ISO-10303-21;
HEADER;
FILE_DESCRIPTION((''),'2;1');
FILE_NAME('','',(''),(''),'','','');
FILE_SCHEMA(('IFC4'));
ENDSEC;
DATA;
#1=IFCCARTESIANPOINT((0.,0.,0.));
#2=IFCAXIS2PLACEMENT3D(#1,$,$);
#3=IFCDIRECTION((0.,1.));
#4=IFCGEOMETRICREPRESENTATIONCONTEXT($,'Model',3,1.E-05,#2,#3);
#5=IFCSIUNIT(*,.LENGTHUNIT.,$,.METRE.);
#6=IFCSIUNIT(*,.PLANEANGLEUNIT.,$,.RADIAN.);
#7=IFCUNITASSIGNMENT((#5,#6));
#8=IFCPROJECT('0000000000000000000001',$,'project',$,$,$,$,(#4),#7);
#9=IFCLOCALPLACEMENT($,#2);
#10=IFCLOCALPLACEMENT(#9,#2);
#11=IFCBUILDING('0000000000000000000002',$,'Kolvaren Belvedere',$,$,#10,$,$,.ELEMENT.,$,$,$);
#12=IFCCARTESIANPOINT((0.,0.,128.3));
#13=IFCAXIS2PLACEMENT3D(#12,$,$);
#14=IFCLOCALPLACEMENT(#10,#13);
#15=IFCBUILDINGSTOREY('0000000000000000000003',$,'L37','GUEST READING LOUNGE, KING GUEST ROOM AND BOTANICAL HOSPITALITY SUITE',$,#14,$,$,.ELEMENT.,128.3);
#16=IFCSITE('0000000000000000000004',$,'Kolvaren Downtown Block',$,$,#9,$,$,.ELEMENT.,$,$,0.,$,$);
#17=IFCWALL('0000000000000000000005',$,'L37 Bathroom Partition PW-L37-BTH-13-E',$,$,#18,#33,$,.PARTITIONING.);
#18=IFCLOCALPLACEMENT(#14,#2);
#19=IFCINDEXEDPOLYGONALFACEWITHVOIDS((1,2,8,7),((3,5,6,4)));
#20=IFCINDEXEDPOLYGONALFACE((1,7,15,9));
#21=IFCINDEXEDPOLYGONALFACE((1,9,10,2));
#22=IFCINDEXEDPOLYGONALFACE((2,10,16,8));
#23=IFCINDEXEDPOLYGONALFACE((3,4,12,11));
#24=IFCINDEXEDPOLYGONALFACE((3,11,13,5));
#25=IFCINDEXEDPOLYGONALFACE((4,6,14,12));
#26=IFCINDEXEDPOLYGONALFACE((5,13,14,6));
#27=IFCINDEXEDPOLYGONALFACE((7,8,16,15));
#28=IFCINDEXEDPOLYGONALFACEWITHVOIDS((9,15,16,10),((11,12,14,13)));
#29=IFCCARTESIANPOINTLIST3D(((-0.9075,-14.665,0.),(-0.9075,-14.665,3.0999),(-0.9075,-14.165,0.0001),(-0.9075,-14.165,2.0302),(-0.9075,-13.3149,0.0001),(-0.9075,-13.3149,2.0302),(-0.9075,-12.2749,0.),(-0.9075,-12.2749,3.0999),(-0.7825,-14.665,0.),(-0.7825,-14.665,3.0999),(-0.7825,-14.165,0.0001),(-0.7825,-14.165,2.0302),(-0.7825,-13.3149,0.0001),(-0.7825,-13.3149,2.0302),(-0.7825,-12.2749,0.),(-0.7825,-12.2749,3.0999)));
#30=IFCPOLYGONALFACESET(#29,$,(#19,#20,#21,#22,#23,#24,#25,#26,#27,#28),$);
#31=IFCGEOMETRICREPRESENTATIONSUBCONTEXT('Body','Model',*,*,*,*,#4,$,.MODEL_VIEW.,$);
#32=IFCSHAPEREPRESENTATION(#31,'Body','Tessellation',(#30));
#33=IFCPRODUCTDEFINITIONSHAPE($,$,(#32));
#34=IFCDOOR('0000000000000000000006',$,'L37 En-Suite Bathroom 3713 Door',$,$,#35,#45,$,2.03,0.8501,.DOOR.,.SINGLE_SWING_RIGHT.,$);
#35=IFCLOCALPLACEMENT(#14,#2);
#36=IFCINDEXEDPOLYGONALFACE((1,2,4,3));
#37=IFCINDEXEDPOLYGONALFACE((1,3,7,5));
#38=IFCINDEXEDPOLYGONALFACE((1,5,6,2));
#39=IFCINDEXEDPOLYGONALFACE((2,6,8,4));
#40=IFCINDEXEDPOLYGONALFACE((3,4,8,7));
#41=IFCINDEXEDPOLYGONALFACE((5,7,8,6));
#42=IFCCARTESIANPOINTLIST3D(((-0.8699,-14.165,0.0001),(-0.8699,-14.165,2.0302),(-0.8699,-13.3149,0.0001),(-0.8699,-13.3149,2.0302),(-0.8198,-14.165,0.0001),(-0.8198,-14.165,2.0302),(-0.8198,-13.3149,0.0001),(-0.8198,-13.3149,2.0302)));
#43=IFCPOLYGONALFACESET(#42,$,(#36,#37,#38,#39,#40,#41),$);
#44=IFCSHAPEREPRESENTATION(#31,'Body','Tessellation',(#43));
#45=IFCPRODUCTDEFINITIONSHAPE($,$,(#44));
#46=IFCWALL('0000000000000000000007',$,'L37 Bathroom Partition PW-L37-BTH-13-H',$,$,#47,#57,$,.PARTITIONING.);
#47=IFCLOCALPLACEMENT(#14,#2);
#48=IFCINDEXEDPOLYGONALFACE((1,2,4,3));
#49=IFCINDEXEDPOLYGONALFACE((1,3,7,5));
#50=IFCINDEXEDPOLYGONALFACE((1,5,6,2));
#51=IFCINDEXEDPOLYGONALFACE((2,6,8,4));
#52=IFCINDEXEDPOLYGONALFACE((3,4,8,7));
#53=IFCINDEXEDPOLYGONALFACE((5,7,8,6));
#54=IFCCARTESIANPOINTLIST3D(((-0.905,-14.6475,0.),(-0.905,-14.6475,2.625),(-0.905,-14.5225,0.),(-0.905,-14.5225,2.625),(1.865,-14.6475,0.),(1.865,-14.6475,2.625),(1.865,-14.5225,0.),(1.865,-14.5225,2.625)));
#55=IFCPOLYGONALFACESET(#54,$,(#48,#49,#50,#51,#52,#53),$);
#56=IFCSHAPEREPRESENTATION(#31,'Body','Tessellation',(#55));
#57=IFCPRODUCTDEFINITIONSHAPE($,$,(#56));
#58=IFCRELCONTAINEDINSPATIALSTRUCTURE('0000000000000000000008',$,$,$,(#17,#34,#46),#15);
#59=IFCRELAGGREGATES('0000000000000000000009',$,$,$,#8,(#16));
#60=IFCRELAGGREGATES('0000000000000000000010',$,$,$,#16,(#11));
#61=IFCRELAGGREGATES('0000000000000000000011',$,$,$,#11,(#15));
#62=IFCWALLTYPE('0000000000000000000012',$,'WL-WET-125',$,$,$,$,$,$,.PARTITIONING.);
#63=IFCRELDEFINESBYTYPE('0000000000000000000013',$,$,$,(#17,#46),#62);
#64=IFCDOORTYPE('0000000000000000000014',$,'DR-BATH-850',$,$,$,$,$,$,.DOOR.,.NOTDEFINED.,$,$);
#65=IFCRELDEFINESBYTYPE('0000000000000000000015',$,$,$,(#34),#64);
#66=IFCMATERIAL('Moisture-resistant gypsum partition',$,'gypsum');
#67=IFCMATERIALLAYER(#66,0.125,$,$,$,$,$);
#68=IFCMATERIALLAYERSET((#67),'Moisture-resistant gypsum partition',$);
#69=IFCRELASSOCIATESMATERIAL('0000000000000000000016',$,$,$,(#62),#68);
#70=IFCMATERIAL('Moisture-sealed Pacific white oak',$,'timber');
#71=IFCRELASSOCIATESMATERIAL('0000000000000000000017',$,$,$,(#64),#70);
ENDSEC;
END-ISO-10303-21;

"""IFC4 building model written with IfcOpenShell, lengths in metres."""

from ifc_helpers import new_model, si_unit, direction, frame, frame_2d, origin, place, context, subcontext, project, spatial, rectangle, extrude, material, layer, layer_set, type_object, element, fill, save


model = new_model("IFC4")

# Units and contexts
model_context = context("Model", 3, precision=1e-05, world=origin(), true_north=direction((0.0, 1.0)))
body_context = subcontext(model_context, "Body", "Model", "MODEL_VIEW")
ifc_project = project(units=[si_unit("LENGTHUNIT", "METRE"), si_unit("PLANEANGLEUNIT", "RADIAN")], contexts=[model_context])

# Site, building, storey
site_placement = place(None, origin())
site = spatial("IfcSite", under=ifc_project, at=site_placement, Name="Kolvaren Downtown Block", CompositionType="ELEMENT", RefElevation=0.0)
building_placement = place(site_placement, origin())
building = spatial("IfcBuilding", under=site, at=building_placement, Name="Kolvaren Belvedere", CompositionType="ELEMENT")
storey_placement = place(building_placement, frame((0.0, 0.0, 128.3)))
storey = spatial("IfcBuildingStorey", under=building, at=storey_placement, Name="L37", Description="GUEST READING LOUNGE, KING GUEST ROOM AND BOTANICAL HOSPITALITY SUITE", CompositionType="ELEMENT", Elevation=128.3)

# Wall, opening, door
ifc_material_1 = material(Name="Moisture-resistant gypsum partition", Category="gypsum")
ifc_layer_1 = layer(ifc_material_1, 0.125)
ifc_layer_set_1 = layer_set([ifc_layer_1], Name="Moisture-resistant gypsum partition")
wall_type_1 = type_object("IfcWallType", Name="WL-WET-125", PredefinedType="PARTITIONING", material=ifc_layer_set_1)
wall_1_placement = place(storey_placement, frame((-0.845, -14.665, 0.0), z_axis=(0.0, 0.0, 1.0), x_axis=(0.0, 1.0, 0.0)))
wall_1 = element("IfcWall", 1, at=wall_1_placement, inside=storey, type_object=wall_type_1, Name="L37 Bathroom Partition PW-L37-BTH-13-E", PredefinedType="PARTITIONING", context=body_context, shape_type="SweptSolid", body=[
    extrude(rectangle(XDim=2.3901, YDim=0.125, at=frame_2d((1.1951, 0.0))), origin(), (0.0, 0.0, 1.0), 3.0999),
])
opening_1_placement = place(wall_1_placement, frame((0.5, 0.0, 0.0)))
opening_1 = element("IfcOpeningElement", 2, at=opening_1_placement, cuts=wall_1, PredefinedType="OPENING", context=body_context, shape_type="SweptSolid", body=[
    extrude(rectangle(XDim=0.8501, YDim=2.03, at=frame_2d((0.425, 1.0151))), frame((0.0, 0.0725, 0.0), z_axis=(0.0, -1.0, 0.0), x_axis=(1.0, 0.0, 0.0)), (0.0, 0.0, 1.0), 0.145),
])
ifc_material_2 = material(Name="Moisture-sealed Pacific white oak", Category="timber")
door_type_1 = type_object("IfcDoorType", Name="DR-BATH-850", OperationType="NOTDEFINED", PredefinedType="DOOR", material=ifc_material_2)
door_1_placement = place(opening_1_placement, origin())
door_1 = element("IfcDoor", 3, at=door_1_placement, inside=storey, type_object=door_type_1, Name="L37 En-Suite Bathroom 3713 Door", OperationType="SINGLE_SWING_RIGHT", OverallHeight=2.03, OverallWidth=0.8501, PredefinedType="DOOR", context=body_context, shape_type="SweptSolid", body=[
    extrude(rectangle(XDim=0.8501, YDim=2.03, at=frame_2d((0.425, 1.0151))), frame((0.0, 0.0249, 0.0), z_axis=(0.0, -1.0, 0.0), x_axis=(1.0, 0.0, 0.0)), (0.0, 0.0, 1.0), 0.05),
])
fill(opening_1, door_1)

# Wall
wall_2_placement = place(storey_placement, frame((-0.905, -14.585, 0.0), z_axis=(0.0, 0.0, 1.0), x_axis=(1.0, 0.0, 0.0)))
element("IfcWall", 4, at=wall_2_placement, inside=storey, type_object=wall_type_1, Name="L37 Bathroom Partition PW-L37-BTH-13-H", PredefinedType="PARTITIONING", context=body_context, shape_type="SweptSolid", body=[
    extrude(rectangle(XDim=2.77, YDim=0.125, at=frame_2d((1.385, 0.0))), origin(), (0.0, 0.0, 1.0), 2.625),
])

save(model, "model.ifc")
